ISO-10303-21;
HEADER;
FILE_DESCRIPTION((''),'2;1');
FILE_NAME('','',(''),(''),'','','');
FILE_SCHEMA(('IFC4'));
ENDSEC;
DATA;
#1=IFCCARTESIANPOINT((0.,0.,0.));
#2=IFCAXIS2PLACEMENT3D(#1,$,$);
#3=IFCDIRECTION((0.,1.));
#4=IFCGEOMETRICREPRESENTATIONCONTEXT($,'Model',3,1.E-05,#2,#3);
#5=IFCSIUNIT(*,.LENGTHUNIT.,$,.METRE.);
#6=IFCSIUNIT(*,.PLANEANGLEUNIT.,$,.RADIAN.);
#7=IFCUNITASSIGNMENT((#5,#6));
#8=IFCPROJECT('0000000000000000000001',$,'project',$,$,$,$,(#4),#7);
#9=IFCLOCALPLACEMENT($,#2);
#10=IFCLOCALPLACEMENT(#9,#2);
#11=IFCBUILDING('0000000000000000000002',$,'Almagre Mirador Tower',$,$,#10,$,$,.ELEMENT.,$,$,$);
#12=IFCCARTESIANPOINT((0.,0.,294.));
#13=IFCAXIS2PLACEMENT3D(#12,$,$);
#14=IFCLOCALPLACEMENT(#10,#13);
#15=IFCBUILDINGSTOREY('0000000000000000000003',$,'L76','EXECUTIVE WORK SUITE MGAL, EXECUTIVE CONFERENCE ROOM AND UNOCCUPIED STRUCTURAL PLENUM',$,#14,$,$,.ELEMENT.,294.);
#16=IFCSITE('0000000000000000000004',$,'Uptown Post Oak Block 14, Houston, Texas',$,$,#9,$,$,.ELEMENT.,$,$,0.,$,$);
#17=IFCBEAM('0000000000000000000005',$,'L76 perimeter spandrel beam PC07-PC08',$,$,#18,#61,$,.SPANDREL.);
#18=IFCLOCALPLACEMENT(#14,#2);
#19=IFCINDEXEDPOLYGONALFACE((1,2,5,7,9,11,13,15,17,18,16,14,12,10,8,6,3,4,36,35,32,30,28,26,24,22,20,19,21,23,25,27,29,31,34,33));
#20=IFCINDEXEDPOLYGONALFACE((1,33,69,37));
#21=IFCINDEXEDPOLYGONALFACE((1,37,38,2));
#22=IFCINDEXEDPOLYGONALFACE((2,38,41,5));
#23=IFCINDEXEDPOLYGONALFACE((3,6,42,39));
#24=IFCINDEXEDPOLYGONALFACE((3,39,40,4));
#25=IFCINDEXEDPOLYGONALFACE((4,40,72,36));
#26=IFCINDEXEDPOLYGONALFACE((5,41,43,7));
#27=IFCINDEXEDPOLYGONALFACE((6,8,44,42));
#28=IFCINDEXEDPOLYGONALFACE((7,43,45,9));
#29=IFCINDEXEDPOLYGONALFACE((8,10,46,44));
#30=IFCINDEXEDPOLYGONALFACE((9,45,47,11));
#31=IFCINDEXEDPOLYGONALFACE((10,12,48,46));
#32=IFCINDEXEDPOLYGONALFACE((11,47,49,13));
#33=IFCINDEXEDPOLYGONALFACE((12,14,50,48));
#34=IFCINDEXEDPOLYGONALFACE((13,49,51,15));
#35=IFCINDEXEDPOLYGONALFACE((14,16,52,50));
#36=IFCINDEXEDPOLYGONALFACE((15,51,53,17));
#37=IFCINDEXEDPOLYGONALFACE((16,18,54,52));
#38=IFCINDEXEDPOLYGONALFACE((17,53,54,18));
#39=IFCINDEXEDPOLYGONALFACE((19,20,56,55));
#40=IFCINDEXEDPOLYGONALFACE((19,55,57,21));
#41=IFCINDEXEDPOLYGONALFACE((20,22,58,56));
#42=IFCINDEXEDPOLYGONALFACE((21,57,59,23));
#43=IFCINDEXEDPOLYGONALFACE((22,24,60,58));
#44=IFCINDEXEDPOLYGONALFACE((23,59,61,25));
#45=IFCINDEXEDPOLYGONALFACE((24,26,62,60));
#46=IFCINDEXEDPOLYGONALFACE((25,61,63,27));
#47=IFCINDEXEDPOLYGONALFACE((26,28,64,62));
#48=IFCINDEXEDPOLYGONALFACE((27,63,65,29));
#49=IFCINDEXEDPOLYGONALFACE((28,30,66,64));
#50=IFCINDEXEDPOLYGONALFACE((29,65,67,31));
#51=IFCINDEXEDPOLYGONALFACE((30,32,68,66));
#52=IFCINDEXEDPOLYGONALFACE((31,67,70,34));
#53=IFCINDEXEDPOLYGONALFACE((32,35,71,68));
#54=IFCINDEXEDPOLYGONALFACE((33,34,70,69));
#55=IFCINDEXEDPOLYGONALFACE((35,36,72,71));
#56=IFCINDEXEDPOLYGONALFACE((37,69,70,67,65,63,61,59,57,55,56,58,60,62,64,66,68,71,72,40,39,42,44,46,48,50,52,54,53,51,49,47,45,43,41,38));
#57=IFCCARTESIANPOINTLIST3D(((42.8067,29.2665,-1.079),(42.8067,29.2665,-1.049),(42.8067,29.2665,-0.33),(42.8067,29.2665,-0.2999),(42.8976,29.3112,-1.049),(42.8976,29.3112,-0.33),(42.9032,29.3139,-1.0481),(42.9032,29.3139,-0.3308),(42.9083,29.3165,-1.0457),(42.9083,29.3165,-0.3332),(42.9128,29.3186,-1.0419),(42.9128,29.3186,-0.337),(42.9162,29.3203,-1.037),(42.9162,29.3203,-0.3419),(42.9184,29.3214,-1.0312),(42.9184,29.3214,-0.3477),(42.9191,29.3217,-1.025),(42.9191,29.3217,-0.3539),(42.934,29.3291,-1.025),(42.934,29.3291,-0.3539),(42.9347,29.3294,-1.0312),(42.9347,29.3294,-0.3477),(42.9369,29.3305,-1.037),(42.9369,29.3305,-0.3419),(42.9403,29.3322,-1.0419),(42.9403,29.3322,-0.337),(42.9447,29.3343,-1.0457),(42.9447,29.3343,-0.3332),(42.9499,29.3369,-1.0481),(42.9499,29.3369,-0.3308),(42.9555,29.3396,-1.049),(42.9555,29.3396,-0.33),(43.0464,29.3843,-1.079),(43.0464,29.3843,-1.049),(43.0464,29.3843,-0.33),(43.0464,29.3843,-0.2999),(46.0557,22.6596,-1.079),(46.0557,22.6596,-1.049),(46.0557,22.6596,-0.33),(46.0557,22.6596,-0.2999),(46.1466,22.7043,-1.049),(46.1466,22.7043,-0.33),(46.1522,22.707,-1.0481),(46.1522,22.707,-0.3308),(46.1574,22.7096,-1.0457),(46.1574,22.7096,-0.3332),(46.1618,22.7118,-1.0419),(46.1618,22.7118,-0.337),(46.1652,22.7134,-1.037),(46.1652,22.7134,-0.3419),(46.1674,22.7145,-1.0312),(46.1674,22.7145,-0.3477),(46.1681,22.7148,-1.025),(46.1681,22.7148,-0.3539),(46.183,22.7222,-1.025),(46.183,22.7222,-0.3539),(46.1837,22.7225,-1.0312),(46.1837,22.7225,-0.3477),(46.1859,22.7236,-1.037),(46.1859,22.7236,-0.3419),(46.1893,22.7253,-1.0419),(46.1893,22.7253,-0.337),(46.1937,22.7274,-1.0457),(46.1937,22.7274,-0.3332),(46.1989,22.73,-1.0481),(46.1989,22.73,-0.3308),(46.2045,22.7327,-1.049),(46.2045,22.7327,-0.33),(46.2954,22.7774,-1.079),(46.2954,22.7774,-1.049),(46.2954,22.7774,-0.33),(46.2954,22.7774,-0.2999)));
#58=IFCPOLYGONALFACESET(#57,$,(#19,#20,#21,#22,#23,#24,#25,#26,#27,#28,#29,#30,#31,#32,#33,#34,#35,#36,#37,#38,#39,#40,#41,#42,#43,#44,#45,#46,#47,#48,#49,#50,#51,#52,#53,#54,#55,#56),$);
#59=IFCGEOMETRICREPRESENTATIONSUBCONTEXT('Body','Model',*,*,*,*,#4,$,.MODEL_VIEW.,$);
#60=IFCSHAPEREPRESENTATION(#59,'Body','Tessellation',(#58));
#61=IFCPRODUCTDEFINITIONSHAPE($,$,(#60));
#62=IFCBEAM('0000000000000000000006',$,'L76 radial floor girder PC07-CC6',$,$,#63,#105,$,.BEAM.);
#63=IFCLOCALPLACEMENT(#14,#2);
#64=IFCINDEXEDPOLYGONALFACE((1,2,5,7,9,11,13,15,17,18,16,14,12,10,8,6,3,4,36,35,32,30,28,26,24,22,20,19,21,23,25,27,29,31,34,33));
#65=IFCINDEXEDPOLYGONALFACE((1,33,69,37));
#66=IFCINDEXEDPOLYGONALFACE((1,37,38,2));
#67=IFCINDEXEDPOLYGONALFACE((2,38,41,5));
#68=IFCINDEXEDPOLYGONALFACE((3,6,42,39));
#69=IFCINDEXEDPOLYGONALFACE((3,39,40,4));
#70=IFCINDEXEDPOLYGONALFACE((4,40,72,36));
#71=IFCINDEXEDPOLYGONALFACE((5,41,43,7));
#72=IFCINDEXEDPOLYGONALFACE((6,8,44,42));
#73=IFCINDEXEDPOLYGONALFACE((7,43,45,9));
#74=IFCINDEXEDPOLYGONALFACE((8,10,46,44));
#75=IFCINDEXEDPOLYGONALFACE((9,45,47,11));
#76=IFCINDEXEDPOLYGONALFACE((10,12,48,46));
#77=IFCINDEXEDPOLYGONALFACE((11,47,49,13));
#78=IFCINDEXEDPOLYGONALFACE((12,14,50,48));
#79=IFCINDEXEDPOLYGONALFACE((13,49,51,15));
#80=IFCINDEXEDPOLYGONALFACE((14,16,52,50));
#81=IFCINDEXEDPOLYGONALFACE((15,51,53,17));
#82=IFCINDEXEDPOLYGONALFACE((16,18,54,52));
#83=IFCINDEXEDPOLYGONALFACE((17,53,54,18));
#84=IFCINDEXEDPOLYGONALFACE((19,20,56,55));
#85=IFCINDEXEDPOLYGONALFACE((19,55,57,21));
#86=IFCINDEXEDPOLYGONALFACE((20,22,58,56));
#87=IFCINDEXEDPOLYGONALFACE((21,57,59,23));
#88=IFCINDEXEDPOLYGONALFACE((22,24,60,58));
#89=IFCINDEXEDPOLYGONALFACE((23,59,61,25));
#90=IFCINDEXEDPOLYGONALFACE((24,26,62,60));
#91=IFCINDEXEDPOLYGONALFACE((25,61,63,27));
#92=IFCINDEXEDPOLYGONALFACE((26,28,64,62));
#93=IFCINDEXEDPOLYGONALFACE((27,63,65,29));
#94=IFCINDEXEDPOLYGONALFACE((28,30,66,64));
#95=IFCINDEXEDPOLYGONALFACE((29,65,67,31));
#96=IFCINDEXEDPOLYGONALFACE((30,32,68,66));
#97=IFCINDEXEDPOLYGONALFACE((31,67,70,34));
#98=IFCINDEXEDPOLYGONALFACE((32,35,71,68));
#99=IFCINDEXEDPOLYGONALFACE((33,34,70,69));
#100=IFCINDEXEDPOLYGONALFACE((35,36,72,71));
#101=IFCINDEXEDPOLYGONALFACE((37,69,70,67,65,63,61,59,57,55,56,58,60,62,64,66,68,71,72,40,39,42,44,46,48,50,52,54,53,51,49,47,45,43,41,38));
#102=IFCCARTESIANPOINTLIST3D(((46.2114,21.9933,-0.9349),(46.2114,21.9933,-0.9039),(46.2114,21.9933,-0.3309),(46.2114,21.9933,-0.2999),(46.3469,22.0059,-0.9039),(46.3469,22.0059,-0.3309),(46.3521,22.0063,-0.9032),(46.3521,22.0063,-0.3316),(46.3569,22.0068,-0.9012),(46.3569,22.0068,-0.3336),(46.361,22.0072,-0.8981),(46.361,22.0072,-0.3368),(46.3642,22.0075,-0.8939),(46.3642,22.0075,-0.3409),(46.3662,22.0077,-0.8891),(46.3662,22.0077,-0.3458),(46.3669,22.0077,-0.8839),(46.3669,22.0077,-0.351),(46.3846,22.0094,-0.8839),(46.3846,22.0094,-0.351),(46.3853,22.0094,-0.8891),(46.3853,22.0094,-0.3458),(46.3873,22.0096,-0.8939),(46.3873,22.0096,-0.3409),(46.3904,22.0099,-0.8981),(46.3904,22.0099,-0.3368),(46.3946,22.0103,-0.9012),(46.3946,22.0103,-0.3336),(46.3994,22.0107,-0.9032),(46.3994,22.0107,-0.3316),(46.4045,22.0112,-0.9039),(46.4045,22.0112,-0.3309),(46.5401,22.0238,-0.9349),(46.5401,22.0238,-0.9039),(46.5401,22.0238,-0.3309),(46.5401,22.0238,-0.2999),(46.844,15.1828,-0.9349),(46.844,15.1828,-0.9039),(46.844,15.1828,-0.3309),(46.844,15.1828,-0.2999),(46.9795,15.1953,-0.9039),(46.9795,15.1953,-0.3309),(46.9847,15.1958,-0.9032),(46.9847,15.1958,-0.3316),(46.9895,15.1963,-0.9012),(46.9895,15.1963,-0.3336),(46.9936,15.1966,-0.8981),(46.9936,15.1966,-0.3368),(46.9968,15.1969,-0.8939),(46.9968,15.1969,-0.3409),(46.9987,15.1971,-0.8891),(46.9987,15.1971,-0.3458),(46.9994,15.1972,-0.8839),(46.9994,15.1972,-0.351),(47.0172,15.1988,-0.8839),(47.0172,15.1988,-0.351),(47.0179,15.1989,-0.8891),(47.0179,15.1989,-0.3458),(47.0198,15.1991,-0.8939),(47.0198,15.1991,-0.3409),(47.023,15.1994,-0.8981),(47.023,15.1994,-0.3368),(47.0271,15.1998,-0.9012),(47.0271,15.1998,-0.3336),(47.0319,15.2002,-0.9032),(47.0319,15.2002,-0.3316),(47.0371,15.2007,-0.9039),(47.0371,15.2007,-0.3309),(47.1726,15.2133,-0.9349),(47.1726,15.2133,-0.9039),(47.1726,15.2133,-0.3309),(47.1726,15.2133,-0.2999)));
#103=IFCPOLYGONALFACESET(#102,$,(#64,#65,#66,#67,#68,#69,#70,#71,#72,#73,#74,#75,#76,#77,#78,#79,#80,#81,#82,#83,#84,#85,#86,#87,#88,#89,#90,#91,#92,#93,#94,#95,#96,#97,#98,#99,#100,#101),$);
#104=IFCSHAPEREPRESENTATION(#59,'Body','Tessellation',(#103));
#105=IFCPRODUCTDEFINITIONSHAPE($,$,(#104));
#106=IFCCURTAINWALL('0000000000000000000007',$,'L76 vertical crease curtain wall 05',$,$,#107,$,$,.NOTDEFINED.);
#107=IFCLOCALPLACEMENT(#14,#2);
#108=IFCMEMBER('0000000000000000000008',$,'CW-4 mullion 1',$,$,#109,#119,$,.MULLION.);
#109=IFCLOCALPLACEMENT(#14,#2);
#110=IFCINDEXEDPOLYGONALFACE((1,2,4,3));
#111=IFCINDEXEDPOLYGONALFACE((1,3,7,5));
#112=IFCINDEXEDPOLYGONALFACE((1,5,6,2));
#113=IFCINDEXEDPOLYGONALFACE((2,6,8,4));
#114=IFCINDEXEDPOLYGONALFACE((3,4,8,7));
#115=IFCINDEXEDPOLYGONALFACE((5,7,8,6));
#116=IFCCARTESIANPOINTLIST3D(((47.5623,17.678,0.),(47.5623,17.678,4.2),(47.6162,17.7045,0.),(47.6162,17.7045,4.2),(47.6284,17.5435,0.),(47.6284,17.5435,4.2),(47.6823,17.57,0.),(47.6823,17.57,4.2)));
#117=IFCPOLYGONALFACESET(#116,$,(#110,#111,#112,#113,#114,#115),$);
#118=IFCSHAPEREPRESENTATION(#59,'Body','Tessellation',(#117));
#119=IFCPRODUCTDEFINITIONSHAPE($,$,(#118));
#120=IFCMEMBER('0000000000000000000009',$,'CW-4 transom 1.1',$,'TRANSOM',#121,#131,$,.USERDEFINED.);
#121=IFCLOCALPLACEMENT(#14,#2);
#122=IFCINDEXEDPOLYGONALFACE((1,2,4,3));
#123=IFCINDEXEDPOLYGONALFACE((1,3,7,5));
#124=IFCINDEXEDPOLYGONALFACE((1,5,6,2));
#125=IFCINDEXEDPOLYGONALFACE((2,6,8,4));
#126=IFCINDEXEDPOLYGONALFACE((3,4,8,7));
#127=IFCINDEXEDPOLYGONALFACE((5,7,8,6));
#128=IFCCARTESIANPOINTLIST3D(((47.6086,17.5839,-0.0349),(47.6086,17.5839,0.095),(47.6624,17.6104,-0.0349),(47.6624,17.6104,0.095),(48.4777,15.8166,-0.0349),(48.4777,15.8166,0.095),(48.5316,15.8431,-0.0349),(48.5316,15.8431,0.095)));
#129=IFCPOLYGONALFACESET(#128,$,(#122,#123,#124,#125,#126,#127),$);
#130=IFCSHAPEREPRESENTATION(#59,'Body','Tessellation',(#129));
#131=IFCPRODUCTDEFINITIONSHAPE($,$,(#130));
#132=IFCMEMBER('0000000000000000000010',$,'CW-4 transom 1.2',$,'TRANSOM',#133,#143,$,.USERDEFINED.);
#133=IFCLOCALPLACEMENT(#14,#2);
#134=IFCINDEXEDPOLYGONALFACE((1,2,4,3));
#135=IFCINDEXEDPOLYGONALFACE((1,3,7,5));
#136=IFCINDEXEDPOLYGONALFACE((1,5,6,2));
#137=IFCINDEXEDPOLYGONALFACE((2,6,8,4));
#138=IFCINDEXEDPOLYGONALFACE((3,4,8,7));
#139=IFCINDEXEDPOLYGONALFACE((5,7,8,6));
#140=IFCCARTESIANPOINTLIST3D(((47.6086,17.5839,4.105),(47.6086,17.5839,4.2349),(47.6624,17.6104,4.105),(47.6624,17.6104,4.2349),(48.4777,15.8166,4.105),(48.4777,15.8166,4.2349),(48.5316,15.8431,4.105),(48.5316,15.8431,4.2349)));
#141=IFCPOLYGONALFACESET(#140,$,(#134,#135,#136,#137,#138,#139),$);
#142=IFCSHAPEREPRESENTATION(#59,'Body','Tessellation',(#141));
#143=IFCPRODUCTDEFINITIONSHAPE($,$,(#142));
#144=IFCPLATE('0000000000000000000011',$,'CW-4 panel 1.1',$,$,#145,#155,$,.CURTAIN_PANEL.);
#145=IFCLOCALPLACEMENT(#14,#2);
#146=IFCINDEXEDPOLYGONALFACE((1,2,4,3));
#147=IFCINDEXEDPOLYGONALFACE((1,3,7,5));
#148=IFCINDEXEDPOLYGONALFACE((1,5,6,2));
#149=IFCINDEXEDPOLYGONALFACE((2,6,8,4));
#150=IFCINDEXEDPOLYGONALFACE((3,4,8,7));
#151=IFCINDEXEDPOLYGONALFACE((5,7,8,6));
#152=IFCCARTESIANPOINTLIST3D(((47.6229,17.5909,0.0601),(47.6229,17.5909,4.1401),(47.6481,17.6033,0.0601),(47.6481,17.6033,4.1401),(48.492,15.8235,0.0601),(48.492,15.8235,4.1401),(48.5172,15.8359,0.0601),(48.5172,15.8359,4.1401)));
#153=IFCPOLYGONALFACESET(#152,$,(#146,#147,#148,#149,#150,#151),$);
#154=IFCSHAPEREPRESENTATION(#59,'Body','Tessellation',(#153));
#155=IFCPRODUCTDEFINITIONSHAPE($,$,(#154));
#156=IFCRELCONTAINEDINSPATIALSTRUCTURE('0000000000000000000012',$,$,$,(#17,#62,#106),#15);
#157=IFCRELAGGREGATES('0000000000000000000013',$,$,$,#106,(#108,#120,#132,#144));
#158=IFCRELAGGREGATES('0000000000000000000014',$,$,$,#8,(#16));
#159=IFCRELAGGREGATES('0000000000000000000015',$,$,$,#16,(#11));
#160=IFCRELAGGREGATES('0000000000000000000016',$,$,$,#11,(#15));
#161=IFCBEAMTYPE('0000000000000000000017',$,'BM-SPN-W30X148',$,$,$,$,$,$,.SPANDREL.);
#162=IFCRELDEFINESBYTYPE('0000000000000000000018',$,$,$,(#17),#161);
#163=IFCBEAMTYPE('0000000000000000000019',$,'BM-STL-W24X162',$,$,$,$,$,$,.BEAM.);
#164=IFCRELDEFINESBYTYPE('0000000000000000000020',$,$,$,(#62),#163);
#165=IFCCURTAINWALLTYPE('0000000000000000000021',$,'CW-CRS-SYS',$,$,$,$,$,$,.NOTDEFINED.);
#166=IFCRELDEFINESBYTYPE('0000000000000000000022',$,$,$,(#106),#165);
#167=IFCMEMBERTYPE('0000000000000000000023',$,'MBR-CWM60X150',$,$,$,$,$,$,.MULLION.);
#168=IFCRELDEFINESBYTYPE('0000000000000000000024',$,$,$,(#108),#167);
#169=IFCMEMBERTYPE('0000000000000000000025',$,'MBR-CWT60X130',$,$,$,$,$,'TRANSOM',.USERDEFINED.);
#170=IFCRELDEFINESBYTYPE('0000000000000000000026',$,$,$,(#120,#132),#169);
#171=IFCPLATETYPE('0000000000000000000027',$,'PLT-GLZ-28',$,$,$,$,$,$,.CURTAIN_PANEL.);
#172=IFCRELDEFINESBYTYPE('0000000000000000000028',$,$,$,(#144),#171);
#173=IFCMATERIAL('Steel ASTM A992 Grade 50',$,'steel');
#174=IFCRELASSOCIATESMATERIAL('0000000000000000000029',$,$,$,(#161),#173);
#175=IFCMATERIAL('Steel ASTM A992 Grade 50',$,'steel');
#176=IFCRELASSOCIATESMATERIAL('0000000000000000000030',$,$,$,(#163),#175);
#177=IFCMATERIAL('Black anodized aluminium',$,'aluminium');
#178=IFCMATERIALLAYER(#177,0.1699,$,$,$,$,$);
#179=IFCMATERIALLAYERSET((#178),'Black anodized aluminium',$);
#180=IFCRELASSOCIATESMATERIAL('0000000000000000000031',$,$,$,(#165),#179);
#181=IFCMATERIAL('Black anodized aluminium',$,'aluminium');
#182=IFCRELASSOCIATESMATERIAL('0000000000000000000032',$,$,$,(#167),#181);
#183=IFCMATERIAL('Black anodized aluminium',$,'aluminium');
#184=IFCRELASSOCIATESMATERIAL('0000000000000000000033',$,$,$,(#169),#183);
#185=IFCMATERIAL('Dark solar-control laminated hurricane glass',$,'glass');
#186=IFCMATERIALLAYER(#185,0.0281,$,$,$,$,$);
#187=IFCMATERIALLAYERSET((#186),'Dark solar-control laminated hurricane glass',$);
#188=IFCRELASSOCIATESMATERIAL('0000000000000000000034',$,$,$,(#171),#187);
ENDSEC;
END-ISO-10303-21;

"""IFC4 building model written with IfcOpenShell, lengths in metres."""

from ifc_helpers import new_model, si_unit, direction, frame, origin, origin_2d, place, context, subcontext, project, spatial, rectangle, i_section, extrude, material, layer, layer_set, material_profile, profile_set, type_object, element, aggregate, save


model = new_model("IFC4")

# Units and contexts
model_context = context("Model", 3, precision=1e-05, world=origin(), true_north=direction((0.0, 1.0)))
body_context = subcontext(model_context, "Body", "Model", "MODEL_VIEW")
ifc_project = project(units=[si_unit("LENGTHUNIT", "METRE"), si_unit("PLANEANGLEUNIT", "RADIAN")], contexts=[model_context])

# Site, building, storey
site_placement = place(None, origin())
site = spatial("IfcSite", under=ifc_project, at=site_placement, Name="Uptown Post Oak Block 14, Houston, Texas", CompositionType="ELEMENT", RefElevation=0.0)
building_placement = place(site_placement, origin())
building = spatial("IfcBuilding", under=site, at=building_placement, Name="Almagre Mirador Tower", CompositionType="ELEMENT")
storey_placement = place(building_placement, frame((0.0, 0.0, 294.0)))
storey = spatial("IfcBuildingStorey", under=building, at=storey_placement, Name="L76", Description="EXECUTIVE WORK SUITE MGAL, EXECUTIVE CONFERENCE ROOM AND UNOCCUPIED STRUCTURAL PLENUM", CompositionType="ELEMENT", Elevation=294.0)

# Beams
ifc_material_1 = material(Name="Steel ASTM A992 Grade 50", Category="steel")
ifc_material_profile_1 = material_profile(ifc_material_1, i_section(OverallWidth=0.2671, OverallDepth=0.7791, WebThickness=0.0166, FlangeThickness=0.03, FilletRadius=0.0239, at=origin_2d()), Name="W30X148")
ifc_profile_set_1 = profile_set([ifc_material_profile_1], Name="Steel ASTM A992 Grade 50")
beam_type_1 = type_object("IfcBeamType", Name="BM-SPN-W30X148", PredefinedType="SPANDREL", material=ifc_profile_set_1)
beam_1_placement = place(storey_placement, frame((46.1755, 22.7185, -0.6895), z_axis=(-0.441288, 0.897365, 0.0), x_axis=(-0.897365, -0.441288, 0.0)))
element("IfcBeam", 1, at=beam_1_placement, inside=storey, type_object=beam_type_1, Name="L76 perimeter spandrel beam PC07-PC08", PredefinedType="SPANDREL", context=body_context, shape_type="SweptSolid", body=[
    extrude(i_section(OverallWidth=0.2671, OverallDepth=0.7791, WebThickness=0.0166, FlangeThickness=0.03, FilletRadius=0.0239, at=origin_2d()), origin(), (0.0, 0.0, 1.0), 7.3625),
])
ifc_material_2 = material(Name="Steel ASTM A992 Grade 50", Category="steel")
ifc_material_profile_2 = material_profile(ifc_material_2, i_section(OverallWidth=0.3301, OverallDepth=0.635, WebThickness=0.0178, FlangeThickness=0.031, FilletRadius=0.02, at=origin_2d()), Name="W24X162")
ifc_profile_set_2 = profile_set([ifc_material_profile_2], Name="Steel ASTM A992 Grade 50")
beam_type_2 = type_object("IfcBeamType", Name="BM-STL-W24X162", PredefinedType="BEAM", material=ifc_profile_set_2)
beam_2_placement = place(storey_placement, frame((46.3757, 22.0085, -0.6174), z_axis=(0.092483, -0.995714, 0.0), x_axis=(0.995714, 0.092483, 0.0)))
element("IfcBeam", 2, at=beam_2_placement, inside=storey, type_object=beam_type_2, Name="L76 radial floor girder PC07-CC6", PredefinedType="BEAM", context=body_context, shape_type="SweptSolid", body=[
    extrude(i_section(OverallWidth=0.3301, OverallDepth=0.635, WebThickness=0.0178, FlangeThickness=0.031, FilletRadius=0.02, at=origin_2d()), origin(), (0.0, 0.0, 1.0), 6.8398),
])

# Curtain wall, members, plate
ifc_material_3 = material(Name="Black anodized aluminium", Category="aluminium")
ifc_layer_1 = layer(ifc_material_3, 0.1699)
ifc_layer_set_1 = layer_set([ifc_layer_1], Name="Black anodized aluminium")
curtain_wall_type = type_object("IfcCurtainWallType", Name="CW-CRS-SYS", PredefinedType="NOTDEFINED", material=ifc_layer_set_1)
curtain_wall_placement = place(storey_placement, origin())
curtain_wall = element("IfcCurtainWall", 3, at=curtain_wall_placement, inside=storey, type_object=curtain_wall_type, Name="L76 vertical crease curtain wall 05", PredefinedType="NOTDEFINED")
ifc_material_4 = material(Name="Black anodized aluminium", Category="aluminium")
ifc_material_profile_3 = material_profile(ifc_material_4, rectangle(XDim=0.0601, YDim=0.1499, at=origin_2d()), Name="CWM60X150")
ifc_profile_set_3 = profile_set([ifc_material_profile_3], Name="Black anodized aluminium")
member_type_1 = type_object("IfcMemberType", Name="MBR-CWM60X150", PredefinedType="MULLION", material=ifc_profile_set_3)
member_1_placement = place(storey_placement, frame((47.6223, 17.624, 0.0), z_axis=(0.0, 0.0, 1.0), x_axis=(0.897375, 0.441269, 0.0)))
member_1 = element("IfcMember", 4, at=member_1_placement, type_object=member_type_1, Name="CW-4 mullion 1", PredefinedType="MULLION", context=body_context, shape_type="SweptSolid", body=[
    extrude(rectangle(XDim=0.0601, YDim=0.1499, at=origin_2d()), origin(), (0.0, 0.0, 1.0), 4.2),
])
ifc_material_5 = material(Name="Black anodized aluminium", Category="aluminium")
ifc_material_profile_4 = material_profile(ifc_material_5, rectangle(XDim=0.0601, YDim=0.1299, at=origin_2d()), Name="CWT60X130")
ifc_profile_set_4 = profile_set([ifc_material_profile_4], Name="Black anodized aluminium")
member_type_2 = type_object("IfcMemberType", Name="MBR-CWT60X130", ElementType="TRANSOM", PredefinedType="USERDEFINED", material=ifc_profile_set_4)
member_2_placement = place(storey_placement, frame((47.6355, 17.5972, 0.03), z_axis=(0.441303, -0.897358, 0.0), x_axis=(0.897358, 0.441303, 0.0)))
member_2 = element("IfcMember", 5, at=member_2_placement, type_object=member_type_2, Name="CW-4 transom 1.1", ObjectType="TRANSOM", PredefinedType="USERDEFINED", context=body_context, shape_type="SweptSolid", body=[
    extrude(rectangle(XDim=0.0601, YDim=0.1299, at=origin_2d()), origin(), (0.0, 0.0, 1.0), 1.9695),
])
member_3_placement = place(storey_placement, frame((47.6355, 17.5972, 4.1699), z_axis=(0.441303, -0.897358, 0.0), x_axis=(0.897358, 0.441303, 0.0)))
member_3 = element("IfcMember", 6, at=member_3_placement, type_object=member_type_2, Name="CW-4 transom 1.2", ObjectType="TRANSOM", PredefinedType="USERDEFINED", context=body_context, shape_type="SweptSolid", body=[
    extrude(rectangle(XDim=0.0601, YDim=0.1299, at=origin_2d()), origin(), (0.0, 0.0, 1.0), 1.9695),
])
ifc_material_6 = material(Name="Dark solar-control laminated hurricane glass", Category="glass")
ifc_layer_2 = layer(ifc_material_6, 0.0281)
ifc_layer_set_2 = layer_set([ifc_layer_2], Name="Dark solar-control laminated hurricane glass")
plate_type = type_object("IfcPlateType", Name="PLT-GLZ-28", PredefinedType="CURTAIN_PANEL", material=ifc_layer_set_2)
plate_placement = place(storey_placement, frame((48.0701, 16.7134, 0.0601), z_axis=(0.0, 0.0, 1.0), x_axis=(0.441269, -0.897375, 0.0)))
plate = element("IfcPlate", 7, at=plate_placement, type_object=plate_type, Name="CW-4 panel 1.1", PredefinedType="CURTAIN_PANEL", context=body_context, shape_type="SweptSolid", body=[
    extrude(rectangle(XDim=1.9695, YDim=0.0281, at=origin_2d()), origin(), (0.0, 0.0, 1.0), 4.0801),
])
aggregate(curtain_wall, [member_1, member_2, member_3, plate])

save(model, "model.ifc")
